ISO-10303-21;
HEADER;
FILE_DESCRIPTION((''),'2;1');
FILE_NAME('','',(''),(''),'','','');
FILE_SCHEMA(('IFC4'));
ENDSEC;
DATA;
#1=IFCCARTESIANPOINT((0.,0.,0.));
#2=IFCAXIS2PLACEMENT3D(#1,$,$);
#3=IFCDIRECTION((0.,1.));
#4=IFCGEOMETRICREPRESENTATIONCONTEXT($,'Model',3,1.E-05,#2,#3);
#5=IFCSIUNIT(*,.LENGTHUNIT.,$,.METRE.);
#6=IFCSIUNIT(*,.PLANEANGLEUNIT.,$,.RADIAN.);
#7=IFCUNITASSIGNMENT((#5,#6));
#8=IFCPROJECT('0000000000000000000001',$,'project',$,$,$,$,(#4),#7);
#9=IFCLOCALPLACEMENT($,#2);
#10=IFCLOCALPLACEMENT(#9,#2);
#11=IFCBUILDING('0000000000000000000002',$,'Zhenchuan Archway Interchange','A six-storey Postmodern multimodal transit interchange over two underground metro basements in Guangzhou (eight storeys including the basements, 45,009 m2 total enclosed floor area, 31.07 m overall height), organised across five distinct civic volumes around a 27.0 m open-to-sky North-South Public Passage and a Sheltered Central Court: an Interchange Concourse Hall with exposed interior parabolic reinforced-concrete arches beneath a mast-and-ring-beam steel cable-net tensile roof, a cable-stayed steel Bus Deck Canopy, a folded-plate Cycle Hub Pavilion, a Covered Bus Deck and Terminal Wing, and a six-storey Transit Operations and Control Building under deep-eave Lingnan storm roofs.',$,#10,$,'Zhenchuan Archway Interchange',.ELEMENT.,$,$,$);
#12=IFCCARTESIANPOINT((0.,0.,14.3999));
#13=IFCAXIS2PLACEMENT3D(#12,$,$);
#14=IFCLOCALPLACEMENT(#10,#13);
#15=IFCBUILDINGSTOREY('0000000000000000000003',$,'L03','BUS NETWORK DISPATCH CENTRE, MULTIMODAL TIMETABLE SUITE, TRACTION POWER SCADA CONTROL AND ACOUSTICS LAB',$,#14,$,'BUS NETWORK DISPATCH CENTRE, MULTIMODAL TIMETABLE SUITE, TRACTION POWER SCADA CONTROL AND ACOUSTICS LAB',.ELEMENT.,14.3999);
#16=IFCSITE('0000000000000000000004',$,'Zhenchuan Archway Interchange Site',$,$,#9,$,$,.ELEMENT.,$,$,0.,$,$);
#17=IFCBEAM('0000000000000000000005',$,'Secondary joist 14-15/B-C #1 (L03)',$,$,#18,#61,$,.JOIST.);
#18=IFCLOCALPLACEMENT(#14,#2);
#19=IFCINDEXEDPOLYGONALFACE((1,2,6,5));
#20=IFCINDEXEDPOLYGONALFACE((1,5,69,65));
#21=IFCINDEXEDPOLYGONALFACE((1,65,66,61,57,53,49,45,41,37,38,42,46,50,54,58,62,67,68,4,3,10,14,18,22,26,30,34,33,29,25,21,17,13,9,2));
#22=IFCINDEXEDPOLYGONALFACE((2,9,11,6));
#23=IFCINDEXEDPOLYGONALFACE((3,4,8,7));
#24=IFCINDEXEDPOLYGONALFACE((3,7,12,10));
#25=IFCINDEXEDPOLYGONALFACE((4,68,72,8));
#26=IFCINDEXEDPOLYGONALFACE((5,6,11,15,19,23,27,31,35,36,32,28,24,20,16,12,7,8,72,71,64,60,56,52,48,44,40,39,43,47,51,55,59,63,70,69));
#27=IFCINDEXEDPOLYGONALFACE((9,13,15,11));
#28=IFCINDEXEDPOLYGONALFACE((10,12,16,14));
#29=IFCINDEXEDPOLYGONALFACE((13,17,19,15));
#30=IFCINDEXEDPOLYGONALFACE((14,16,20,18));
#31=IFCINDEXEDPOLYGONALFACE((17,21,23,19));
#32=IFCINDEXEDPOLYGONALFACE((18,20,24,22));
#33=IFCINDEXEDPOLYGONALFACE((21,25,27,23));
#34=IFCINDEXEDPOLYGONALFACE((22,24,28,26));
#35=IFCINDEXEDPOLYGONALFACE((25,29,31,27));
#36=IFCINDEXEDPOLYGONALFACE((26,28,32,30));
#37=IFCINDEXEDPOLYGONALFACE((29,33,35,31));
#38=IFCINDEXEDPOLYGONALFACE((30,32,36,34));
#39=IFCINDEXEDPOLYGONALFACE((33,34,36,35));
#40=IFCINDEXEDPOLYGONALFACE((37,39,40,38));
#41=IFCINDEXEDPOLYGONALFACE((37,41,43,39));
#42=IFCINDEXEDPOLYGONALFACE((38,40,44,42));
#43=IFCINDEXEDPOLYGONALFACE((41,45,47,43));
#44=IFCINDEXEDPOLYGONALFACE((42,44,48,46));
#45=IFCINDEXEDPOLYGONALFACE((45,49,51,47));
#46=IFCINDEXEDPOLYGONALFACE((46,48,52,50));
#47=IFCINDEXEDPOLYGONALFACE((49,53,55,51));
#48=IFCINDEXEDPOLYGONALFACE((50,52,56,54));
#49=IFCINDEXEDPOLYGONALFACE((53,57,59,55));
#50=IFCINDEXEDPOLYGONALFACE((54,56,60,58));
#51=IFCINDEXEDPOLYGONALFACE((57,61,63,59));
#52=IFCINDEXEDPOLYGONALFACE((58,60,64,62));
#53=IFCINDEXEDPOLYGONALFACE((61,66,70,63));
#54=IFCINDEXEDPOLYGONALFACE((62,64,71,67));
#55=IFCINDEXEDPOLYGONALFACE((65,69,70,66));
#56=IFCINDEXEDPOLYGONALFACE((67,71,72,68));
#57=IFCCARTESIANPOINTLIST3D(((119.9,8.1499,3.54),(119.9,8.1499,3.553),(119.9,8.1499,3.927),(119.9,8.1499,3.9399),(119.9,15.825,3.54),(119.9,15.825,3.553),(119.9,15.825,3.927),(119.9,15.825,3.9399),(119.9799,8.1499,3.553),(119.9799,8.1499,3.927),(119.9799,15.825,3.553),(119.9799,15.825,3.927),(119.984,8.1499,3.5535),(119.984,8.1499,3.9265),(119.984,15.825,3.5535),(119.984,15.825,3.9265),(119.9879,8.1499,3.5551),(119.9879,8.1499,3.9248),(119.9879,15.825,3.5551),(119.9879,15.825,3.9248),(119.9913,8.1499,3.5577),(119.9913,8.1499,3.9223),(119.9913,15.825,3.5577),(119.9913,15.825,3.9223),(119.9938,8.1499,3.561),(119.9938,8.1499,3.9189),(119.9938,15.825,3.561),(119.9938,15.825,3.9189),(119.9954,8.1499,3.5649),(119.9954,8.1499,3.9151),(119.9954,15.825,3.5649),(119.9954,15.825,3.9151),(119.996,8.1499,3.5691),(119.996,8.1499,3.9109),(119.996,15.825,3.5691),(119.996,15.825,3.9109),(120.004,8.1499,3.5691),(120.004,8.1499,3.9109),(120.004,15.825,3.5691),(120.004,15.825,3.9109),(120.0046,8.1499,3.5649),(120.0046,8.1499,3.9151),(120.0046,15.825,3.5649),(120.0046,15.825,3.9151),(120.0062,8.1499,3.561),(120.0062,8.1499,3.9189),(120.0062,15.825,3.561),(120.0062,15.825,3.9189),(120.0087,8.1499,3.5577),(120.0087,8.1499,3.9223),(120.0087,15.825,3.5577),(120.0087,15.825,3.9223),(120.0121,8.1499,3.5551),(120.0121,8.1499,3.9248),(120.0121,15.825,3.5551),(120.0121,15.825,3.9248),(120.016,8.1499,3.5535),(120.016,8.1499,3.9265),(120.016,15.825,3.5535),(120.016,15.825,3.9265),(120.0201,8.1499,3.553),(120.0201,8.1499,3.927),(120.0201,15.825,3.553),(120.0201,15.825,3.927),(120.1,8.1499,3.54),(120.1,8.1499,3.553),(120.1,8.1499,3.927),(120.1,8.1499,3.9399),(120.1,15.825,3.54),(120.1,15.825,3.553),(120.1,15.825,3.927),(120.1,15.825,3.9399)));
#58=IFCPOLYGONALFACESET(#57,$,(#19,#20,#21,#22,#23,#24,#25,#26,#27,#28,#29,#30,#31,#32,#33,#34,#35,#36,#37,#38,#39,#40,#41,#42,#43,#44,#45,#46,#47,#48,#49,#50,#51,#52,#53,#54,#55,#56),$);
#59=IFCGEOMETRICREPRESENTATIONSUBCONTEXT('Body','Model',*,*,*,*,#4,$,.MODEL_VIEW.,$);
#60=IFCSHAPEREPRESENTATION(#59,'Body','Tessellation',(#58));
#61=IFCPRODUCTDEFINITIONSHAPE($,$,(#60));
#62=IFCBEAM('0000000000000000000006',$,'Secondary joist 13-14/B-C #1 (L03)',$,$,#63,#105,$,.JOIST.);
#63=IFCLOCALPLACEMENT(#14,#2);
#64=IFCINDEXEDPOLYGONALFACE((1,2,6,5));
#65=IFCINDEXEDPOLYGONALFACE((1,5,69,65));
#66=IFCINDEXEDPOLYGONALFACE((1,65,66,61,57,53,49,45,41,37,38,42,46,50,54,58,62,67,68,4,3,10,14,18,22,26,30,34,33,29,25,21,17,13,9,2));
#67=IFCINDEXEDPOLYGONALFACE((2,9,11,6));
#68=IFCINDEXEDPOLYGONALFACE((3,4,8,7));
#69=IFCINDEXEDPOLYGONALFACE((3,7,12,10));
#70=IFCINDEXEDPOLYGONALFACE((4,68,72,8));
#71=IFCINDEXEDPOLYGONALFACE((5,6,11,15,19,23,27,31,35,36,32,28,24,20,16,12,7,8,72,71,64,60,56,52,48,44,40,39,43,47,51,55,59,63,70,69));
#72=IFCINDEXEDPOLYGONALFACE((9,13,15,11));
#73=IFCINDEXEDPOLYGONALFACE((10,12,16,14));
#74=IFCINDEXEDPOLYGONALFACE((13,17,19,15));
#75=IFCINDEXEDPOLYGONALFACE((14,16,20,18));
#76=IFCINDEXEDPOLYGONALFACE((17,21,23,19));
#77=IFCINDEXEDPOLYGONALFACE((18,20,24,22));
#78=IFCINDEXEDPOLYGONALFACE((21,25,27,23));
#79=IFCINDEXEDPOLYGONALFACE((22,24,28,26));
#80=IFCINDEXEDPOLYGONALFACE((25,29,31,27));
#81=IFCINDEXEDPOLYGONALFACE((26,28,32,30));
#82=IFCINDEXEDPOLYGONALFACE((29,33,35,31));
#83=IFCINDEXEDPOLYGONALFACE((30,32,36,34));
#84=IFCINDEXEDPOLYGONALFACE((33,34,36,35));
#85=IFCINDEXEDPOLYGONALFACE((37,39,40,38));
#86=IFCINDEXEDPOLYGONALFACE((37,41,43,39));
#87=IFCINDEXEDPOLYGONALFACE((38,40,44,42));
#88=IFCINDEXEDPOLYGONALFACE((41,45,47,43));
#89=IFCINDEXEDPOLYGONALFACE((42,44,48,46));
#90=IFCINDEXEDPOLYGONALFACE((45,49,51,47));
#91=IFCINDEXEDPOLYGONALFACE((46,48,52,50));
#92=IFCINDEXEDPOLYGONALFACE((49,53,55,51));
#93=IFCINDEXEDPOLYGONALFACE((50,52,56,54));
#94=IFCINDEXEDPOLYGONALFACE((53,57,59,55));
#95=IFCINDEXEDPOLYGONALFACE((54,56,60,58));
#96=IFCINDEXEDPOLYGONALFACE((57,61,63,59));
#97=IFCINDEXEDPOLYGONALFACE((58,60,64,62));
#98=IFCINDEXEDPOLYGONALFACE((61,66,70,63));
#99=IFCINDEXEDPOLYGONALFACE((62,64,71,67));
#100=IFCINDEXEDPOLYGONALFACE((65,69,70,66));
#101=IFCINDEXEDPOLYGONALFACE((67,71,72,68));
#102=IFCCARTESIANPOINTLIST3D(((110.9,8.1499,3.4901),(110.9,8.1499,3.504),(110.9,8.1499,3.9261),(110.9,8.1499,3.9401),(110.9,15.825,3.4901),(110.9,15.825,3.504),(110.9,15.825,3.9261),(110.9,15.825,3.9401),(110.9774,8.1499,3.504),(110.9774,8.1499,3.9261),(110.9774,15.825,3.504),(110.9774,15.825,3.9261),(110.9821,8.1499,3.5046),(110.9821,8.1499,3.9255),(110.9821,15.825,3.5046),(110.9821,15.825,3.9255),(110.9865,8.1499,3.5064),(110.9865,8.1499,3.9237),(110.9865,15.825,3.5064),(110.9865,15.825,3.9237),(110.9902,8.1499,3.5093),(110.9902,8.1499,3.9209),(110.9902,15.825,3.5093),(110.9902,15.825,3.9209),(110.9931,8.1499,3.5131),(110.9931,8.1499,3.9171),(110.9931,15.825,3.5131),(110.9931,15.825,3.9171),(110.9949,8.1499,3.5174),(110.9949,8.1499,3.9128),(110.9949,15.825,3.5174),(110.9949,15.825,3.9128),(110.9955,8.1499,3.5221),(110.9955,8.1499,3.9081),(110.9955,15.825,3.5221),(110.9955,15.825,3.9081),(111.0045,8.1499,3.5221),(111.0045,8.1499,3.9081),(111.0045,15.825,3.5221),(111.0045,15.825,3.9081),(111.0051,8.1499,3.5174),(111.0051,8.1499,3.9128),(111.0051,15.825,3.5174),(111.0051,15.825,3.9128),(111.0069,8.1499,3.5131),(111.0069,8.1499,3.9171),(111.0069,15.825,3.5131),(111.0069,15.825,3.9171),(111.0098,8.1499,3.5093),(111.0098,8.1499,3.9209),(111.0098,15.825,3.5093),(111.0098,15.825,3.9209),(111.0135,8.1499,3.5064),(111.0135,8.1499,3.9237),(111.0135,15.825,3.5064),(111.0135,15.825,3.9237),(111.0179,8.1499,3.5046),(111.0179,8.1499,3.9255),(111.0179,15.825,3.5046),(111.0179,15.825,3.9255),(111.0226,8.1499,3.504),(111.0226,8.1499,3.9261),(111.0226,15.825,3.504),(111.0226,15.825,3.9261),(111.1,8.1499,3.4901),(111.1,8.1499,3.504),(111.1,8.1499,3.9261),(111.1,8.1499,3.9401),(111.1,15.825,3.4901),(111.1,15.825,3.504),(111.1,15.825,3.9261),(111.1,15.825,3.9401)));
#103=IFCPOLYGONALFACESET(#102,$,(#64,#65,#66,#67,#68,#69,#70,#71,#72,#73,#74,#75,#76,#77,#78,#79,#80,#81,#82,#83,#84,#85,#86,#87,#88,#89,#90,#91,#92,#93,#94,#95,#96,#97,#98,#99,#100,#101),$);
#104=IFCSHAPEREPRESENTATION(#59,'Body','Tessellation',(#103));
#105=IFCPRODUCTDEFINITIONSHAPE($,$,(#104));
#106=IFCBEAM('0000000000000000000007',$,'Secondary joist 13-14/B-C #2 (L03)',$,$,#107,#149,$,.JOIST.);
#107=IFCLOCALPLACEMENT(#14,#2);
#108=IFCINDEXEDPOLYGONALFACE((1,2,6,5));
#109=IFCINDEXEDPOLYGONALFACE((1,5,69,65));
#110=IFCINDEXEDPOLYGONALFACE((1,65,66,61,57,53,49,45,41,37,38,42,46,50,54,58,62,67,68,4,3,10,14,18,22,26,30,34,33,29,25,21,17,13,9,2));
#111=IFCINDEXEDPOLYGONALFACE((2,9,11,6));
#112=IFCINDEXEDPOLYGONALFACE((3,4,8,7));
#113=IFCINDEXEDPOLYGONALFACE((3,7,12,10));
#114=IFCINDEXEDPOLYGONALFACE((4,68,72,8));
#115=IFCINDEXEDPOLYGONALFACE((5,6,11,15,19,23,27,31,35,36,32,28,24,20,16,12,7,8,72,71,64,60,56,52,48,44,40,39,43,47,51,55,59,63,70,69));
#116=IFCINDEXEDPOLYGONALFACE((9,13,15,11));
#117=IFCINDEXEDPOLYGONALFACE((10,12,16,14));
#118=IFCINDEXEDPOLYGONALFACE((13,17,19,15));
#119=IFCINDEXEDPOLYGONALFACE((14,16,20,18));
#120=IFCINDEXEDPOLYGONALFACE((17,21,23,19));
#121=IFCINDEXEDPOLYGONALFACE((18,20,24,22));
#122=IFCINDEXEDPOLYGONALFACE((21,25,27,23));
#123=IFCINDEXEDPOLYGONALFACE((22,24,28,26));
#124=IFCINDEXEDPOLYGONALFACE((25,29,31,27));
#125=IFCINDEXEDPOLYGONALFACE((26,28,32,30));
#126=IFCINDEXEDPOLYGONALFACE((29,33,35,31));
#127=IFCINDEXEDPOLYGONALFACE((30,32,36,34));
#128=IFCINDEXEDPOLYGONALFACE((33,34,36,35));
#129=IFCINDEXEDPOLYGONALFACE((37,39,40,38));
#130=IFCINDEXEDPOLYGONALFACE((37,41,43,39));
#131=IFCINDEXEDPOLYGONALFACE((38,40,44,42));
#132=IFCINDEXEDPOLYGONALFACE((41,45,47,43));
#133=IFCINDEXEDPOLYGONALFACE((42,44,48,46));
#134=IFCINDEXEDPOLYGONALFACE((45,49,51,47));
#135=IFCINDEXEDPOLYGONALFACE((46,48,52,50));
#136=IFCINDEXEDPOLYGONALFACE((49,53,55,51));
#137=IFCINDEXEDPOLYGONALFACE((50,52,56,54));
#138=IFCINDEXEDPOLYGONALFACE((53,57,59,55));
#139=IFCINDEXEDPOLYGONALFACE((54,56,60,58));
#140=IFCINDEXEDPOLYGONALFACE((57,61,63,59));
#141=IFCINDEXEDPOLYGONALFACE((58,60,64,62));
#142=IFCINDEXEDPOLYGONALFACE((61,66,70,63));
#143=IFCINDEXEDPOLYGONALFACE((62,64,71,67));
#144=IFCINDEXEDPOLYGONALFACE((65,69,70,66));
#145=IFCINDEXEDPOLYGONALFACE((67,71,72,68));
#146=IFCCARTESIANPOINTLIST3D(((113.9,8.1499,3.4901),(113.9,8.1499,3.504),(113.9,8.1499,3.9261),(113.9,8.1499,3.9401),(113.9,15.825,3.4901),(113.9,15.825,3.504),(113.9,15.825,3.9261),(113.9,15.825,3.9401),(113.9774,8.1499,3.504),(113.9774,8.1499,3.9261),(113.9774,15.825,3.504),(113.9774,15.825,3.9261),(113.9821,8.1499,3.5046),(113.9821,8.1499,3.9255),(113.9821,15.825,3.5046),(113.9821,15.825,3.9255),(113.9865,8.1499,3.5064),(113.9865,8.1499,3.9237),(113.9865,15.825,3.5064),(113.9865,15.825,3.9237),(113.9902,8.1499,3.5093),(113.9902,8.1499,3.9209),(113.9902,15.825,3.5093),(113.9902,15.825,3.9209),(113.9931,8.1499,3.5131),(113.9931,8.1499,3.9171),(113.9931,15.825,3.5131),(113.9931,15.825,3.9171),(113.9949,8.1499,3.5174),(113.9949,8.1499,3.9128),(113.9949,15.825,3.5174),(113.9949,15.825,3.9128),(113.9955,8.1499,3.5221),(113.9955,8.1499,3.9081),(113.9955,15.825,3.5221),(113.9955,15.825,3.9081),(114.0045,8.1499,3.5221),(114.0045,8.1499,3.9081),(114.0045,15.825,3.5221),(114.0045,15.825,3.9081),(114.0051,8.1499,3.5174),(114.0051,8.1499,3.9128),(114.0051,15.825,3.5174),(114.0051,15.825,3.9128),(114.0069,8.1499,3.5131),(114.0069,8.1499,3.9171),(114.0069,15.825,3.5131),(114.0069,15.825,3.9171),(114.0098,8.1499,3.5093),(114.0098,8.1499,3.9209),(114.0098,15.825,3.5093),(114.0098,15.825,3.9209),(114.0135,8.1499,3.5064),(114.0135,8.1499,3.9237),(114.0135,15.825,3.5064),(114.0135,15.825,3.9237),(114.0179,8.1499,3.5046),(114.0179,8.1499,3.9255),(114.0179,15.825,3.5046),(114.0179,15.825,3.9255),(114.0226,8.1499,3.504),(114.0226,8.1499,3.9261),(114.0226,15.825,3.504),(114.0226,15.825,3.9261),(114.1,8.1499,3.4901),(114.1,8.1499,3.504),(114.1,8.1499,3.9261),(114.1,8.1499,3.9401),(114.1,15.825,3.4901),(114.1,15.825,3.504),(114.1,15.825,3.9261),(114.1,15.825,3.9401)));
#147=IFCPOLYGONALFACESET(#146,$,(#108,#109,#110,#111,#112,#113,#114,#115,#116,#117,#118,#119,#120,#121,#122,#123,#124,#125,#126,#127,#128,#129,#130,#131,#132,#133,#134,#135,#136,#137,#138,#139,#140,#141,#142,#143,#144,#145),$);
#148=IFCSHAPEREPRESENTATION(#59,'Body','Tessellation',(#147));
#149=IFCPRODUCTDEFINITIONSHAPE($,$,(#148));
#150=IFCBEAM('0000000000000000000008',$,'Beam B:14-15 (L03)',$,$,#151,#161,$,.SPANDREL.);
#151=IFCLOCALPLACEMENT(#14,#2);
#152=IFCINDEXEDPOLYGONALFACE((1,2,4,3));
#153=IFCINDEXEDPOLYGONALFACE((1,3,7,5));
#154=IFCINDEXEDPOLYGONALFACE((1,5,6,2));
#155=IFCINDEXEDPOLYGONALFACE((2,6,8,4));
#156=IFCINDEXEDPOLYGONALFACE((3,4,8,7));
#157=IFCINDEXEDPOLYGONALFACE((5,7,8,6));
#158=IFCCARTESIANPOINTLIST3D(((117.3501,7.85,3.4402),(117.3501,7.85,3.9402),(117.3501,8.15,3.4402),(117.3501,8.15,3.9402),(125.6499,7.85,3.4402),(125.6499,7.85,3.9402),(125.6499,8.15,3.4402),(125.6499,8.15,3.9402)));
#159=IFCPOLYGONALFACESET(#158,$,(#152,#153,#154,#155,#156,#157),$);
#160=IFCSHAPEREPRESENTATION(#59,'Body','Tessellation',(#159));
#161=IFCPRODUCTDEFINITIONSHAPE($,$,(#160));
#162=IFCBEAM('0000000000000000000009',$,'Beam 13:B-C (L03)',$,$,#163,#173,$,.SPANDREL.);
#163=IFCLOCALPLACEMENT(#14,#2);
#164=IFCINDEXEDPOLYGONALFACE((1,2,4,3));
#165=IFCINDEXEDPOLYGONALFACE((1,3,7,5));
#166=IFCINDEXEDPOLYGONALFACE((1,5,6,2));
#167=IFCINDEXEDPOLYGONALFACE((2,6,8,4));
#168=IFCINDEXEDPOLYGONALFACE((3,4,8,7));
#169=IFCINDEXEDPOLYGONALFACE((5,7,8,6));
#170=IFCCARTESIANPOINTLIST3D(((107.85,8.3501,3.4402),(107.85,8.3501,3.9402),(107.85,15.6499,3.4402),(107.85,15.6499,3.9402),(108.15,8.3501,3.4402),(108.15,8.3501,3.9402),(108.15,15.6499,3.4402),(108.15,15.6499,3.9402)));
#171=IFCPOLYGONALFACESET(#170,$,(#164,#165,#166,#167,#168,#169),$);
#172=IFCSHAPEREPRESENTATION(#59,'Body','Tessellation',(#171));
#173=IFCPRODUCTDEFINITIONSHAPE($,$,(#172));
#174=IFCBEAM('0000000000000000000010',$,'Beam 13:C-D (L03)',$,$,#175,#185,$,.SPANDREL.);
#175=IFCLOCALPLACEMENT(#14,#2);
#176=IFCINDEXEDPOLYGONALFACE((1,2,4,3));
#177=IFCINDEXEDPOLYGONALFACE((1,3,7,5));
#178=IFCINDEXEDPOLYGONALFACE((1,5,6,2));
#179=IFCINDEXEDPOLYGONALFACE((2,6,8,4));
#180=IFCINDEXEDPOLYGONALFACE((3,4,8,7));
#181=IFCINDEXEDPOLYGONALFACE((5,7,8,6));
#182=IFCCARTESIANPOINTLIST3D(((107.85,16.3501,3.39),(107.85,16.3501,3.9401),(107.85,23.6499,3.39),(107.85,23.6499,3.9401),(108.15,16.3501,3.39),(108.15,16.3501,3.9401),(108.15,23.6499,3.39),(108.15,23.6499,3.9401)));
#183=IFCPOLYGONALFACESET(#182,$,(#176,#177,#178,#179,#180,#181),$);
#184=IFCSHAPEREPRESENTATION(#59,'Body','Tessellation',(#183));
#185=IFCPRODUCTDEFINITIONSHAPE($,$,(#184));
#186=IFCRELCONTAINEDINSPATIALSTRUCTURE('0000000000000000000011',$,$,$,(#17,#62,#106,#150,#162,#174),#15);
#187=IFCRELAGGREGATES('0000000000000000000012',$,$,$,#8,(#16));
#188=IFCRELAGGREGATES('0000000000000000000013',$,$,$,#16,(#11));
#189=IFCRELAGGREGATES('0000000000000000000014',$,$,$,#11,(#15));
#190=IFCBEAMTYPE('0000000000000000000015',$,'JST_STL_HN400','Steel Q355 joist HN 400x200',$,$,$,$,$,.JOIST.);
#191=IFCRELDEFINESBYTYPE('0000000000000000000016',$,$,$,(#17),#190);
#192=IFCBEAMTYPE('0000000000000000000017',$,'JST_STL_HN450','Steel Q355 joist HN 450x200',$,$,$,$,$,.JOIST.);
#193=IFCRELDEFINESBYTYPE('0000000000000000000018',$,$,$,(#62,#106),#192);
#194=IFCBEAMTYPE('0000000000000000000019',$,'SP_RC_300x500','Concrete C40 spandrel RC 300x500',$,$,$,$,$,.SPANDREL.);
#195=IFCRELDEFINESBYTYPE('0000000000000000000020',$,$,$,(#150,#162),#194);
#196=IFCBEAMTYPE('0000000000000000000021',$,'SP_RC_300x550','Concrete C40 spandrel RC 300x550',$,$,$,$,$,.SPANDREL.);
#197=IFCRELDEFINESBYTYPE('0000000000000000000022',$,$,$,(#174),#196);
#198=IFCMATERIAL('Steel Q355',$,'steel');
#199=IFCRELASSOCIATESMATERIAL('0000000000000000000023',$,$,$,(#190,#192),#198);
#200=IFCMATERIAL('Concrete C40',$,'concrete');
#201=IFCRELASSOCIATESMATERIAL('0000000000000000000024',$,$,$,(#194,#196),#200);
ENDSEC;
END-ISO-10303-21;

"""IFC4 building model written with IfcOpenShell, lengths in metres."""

from ifc_helpers import new_model, si_unit, direction, frame, origin, origin_2d, place, context, subcontext, project, spatial, rectangle, i_section, extrude, material, material_profile, profile_set, type_object, element, save


model = new_model("IFC4")

# Units and contexts
model_context = context("Model", 3, precision=1e-05, world=origin(), true_north=direction((0.0, 1.0)))
body_context = subcontext(model_context, "Body", "Model", "MODEL_VIEW")
ifc_project = project(units=[si_unit("LENGTHUNIT", "METRE"), si_unit("PLANEANGLEUNIT", "RADIAN")], contexts=[model_context])

# Site, building, storey
site_placement = place(None, origin())
site = spatial("IfcSite", under=ifc_project, at=site_placement, Name="Zhenchuan Archway Interchange Site", CompositionType="ELEMENT", RefElevation=0.0)
building_placement = place(site_placement, origin())
building = spatial("IfcBuilding", under=site, at=building_placement, Name="Zhenchuan Archway Interchange", Description="A six-storey Postmodern multimodal transit interchange over two underground metro basements in Guangzhou (eight storeys including the basements, 45,009 m2 total enclosed floor area, 31.07 m overall height), organised across five distinct civic volumes around a 27.0 m open-to-sky North-South Public Passage and a Sheltered Central Court: an Interchange Concourse Hall with exposed interior parabolic reinforced-concrete arches beneath a mast-and-ring-beam steel cable-net tensile roof, a cable-stayed steel Bus Deck Canopy, a folded-plate Cycle Hub Pavilion, a Covered Bus Deck and Terminal Wing, and a six-storey Transit Operations and Control Building under deep-eave Lingnan storm roofs.", LongName="Zhenchuan Archway Interchange", CompositionType="ELEMENT")
storey_placement = place(building_placement, frame((0.0, 0.0, 14.3999)))
storey = spatial("IfcBuildingStorey", under=building, at=storey_placement, Name="L03", Description="BUS NETWORK DISPATCH CENTRE, MULTIMODAL TIMETABLE SUITE, TRACTION POWER SCADA CONTROL AND ACOUSTICS LAB", LongName="BUS NETWORK DISPATCH CENTRE, MULTIMODAL TIMETABLE SUITE, TRACTION POWER SCADA CONTROL AND ACOUSTICS LAB", CompositionType="ELEMENT", Elevation=14.3999)

# Shared definitions
ifc_material_1 = material(Name="Concrete C40", Category="concrete")

# Beams
ifc_material_2 = material(Name="Steel Q355", Category="steel")
ifc_material_profile_1 = material_profile(ifc_material_2, i_section(OverallWidth=0.2, OverallDepth=0.3999, WebThickness=0.0081, FlangeThickness=0.0129, FilletRadius=0.0161, at=origin_2d()), Name="HN 400x200")
ifc_profile_set_1 = profile_set([ifc_material_profile_1], Name="Steel Q355")
beam_type_1 = type_object("IfcBeamType", Name="JST_STL_HN400", Description="Steel Q355 joist HN 400x200", PredefinedType="JOIST", material=ifc_profile_set_1)
for number, where, z_axis, x_axis, name in (
    (1, (120.0, 8.1499, 3.74), (0.0, 1.0, 0.0), (-1.0, 0.0, 0.0), "Secondary joist 14-15/B-C #1 (L03)"),
):
    element("IfcBeam", number, at=place(storey_placement, frame(where, z_axis=z_axis, x_axis=x_axis)), inside=storey, type_object=beam_type_1, Name=name, PredefinedType="JOIST", context=body_context, shape_type="SweptSolid", body=[
        extrude(i_section(OverallWidth=0.2, OverallDepth=0.3999, WebThickness=0.0081, FlangeThickness=0.0129, FilletRadius=0.0161, at=origin_2d()), origin(), (0.0, 0.0, 1.0), 7.675),
    ])
ifc_material_profile_2 = material_profile(ifc_material_2, i_section(OverallWidth=0.2, OverallDepth=0.45, WebThickness=0.009, FlangeThickness=0.0139, FilletRadius=0.0181, at=origin_2d()), Name="HN 450x200")
ifc_profile_set_2 = profile_set([ifc_material_profile_2], Name="Steel Q355")
beam_type_2 = type_object("IfcBeamType", Name="JST_STL_HN450", Description="Steel Q355 joist HN 450x200", PredefinedType="JOIST", material=ifc_profile_set_2)
for number, where, z_axis, x_axis, name in (
    (2, (111.0, 8.1499, 3.7151), (0.0, 1.0, 0.0), (-1.0, 0.0, 0.0), "Secondary joist 13-14/B-C #1 (L03)"),
    (3, (114.0, 8.1499, 3.7151), (0.0, 1.0, 0.0), (-1.0, 0.0, 0.0), "Secondary joist 13-14/B-C #2 (L03)"),
):
    element("IfcBeam", number, at=place(storey_placement, frame(where, z_axis=z_axis, x_axis=x_axis)), inside=storey, type_object=beam_type_2, Name=name, PredefinedType="JOIST", context=body_context, shape_type="SweptSolid", body=[
        extrude(i_section(OverallWidth=0.2, OverallDepth=0.45, WebThickness=0.009, FlangeThickness=0.0139, FilletRadius=0.0181, at=origin_2d()), origin(), (0.0, 0.0, 1.0), 7.675),
    ])
ifc_material_profile_3 = material_profile(ifc_material_1, rectangle(XDim=0.3, YDim=0.5, at=origin_2d()), Name="RC 300x500")
ifc_profile_set_3 = profile_set([ifc_material_profile_3], Name="Concrete C40")
beam_type_3 = type_object("IfcBeamType", Name="SP_RC_300x500", Description="Concrete C40 spandrel RC 300x500", PredefinedType="SPANDREL", material=ifc_profile_set_3)
beam_1_placement = place(storey_placement, frame((117.3501, 8.0, 3.6902), z_axis=(1.0, 0.0, 0.0), x_axis=(0.0, 1.0, 0.0)))
element("IfcBeam", 4, at=beam_1_placement, inside=storey, type_object=beam_type_3, Name="Beam B:14-15 (L03)", PredefinedType="SPANDREL", context=body_context, shape_type="SweptSolid", body=[
    extrude(rectangle(XDim=0.3, YDim=0.5, at=origin_2d()), origin(), (0.0, 0.0, 1.0), 8.2998),
])
beam_2_placement = place(storey_placement, frame((108.0, 8.3501, 3.6902), z_axis=(0.0, 1.0, 0.0), x_axis=(-1.0, 0.0, 0.0)))
element("IfcBeam", 5, at=beam_2_placement, inside=storey, type_object=beam_type_3, Name="Beam 13:B-C (L03)", PredefinedType="SPANDREL", context=body_context, shape_type="SweptSolid", body=[
    extrude(rectangle(XDim=0.3, YDim=0.5, at=origin_2d()), origin(), (0.0, 0.0, 1.0), 7.2998),
])
ifc_material_profile_4 = material_profile(ifc_material_1, rectangle(XDim=0.3, YDim=0.55, at=origin_2d()), Name="RC 300x550")
ifc_profile_set_4 = profile_set([ifc_material_profile_4], Name="Concrete C40")
beam_type_4 = type_object("IfcBeamType", Name="SP_RC_300x550", Description="Concrete C40 spandrel RC 300x550", PredefinedType="SPANDREL", material=ifc_profile_set_4)
beam_3_placement = place(storey_placement, frame((108.0, 16.3501, 3.665), z_axis=(0.0, 1.0, 0.0), x_axis=(-1.0, 0.0, 0.0)))
element("IfcBeam", 6, at=beam_3_placement, inside=storey, type_object=beam_type_4, Name="Beam 13:C-D (L03)", PredefinedType="SPANDREL", context=body_context, shape_type="SweptSolid", body=[
    extrude(rectangle(XDim=0.3, YDim=0.55, at=origin_2d()), origin(), (0.0, 0.0, 1.0), 7.2998),
])

save(model, "model.ifc")
